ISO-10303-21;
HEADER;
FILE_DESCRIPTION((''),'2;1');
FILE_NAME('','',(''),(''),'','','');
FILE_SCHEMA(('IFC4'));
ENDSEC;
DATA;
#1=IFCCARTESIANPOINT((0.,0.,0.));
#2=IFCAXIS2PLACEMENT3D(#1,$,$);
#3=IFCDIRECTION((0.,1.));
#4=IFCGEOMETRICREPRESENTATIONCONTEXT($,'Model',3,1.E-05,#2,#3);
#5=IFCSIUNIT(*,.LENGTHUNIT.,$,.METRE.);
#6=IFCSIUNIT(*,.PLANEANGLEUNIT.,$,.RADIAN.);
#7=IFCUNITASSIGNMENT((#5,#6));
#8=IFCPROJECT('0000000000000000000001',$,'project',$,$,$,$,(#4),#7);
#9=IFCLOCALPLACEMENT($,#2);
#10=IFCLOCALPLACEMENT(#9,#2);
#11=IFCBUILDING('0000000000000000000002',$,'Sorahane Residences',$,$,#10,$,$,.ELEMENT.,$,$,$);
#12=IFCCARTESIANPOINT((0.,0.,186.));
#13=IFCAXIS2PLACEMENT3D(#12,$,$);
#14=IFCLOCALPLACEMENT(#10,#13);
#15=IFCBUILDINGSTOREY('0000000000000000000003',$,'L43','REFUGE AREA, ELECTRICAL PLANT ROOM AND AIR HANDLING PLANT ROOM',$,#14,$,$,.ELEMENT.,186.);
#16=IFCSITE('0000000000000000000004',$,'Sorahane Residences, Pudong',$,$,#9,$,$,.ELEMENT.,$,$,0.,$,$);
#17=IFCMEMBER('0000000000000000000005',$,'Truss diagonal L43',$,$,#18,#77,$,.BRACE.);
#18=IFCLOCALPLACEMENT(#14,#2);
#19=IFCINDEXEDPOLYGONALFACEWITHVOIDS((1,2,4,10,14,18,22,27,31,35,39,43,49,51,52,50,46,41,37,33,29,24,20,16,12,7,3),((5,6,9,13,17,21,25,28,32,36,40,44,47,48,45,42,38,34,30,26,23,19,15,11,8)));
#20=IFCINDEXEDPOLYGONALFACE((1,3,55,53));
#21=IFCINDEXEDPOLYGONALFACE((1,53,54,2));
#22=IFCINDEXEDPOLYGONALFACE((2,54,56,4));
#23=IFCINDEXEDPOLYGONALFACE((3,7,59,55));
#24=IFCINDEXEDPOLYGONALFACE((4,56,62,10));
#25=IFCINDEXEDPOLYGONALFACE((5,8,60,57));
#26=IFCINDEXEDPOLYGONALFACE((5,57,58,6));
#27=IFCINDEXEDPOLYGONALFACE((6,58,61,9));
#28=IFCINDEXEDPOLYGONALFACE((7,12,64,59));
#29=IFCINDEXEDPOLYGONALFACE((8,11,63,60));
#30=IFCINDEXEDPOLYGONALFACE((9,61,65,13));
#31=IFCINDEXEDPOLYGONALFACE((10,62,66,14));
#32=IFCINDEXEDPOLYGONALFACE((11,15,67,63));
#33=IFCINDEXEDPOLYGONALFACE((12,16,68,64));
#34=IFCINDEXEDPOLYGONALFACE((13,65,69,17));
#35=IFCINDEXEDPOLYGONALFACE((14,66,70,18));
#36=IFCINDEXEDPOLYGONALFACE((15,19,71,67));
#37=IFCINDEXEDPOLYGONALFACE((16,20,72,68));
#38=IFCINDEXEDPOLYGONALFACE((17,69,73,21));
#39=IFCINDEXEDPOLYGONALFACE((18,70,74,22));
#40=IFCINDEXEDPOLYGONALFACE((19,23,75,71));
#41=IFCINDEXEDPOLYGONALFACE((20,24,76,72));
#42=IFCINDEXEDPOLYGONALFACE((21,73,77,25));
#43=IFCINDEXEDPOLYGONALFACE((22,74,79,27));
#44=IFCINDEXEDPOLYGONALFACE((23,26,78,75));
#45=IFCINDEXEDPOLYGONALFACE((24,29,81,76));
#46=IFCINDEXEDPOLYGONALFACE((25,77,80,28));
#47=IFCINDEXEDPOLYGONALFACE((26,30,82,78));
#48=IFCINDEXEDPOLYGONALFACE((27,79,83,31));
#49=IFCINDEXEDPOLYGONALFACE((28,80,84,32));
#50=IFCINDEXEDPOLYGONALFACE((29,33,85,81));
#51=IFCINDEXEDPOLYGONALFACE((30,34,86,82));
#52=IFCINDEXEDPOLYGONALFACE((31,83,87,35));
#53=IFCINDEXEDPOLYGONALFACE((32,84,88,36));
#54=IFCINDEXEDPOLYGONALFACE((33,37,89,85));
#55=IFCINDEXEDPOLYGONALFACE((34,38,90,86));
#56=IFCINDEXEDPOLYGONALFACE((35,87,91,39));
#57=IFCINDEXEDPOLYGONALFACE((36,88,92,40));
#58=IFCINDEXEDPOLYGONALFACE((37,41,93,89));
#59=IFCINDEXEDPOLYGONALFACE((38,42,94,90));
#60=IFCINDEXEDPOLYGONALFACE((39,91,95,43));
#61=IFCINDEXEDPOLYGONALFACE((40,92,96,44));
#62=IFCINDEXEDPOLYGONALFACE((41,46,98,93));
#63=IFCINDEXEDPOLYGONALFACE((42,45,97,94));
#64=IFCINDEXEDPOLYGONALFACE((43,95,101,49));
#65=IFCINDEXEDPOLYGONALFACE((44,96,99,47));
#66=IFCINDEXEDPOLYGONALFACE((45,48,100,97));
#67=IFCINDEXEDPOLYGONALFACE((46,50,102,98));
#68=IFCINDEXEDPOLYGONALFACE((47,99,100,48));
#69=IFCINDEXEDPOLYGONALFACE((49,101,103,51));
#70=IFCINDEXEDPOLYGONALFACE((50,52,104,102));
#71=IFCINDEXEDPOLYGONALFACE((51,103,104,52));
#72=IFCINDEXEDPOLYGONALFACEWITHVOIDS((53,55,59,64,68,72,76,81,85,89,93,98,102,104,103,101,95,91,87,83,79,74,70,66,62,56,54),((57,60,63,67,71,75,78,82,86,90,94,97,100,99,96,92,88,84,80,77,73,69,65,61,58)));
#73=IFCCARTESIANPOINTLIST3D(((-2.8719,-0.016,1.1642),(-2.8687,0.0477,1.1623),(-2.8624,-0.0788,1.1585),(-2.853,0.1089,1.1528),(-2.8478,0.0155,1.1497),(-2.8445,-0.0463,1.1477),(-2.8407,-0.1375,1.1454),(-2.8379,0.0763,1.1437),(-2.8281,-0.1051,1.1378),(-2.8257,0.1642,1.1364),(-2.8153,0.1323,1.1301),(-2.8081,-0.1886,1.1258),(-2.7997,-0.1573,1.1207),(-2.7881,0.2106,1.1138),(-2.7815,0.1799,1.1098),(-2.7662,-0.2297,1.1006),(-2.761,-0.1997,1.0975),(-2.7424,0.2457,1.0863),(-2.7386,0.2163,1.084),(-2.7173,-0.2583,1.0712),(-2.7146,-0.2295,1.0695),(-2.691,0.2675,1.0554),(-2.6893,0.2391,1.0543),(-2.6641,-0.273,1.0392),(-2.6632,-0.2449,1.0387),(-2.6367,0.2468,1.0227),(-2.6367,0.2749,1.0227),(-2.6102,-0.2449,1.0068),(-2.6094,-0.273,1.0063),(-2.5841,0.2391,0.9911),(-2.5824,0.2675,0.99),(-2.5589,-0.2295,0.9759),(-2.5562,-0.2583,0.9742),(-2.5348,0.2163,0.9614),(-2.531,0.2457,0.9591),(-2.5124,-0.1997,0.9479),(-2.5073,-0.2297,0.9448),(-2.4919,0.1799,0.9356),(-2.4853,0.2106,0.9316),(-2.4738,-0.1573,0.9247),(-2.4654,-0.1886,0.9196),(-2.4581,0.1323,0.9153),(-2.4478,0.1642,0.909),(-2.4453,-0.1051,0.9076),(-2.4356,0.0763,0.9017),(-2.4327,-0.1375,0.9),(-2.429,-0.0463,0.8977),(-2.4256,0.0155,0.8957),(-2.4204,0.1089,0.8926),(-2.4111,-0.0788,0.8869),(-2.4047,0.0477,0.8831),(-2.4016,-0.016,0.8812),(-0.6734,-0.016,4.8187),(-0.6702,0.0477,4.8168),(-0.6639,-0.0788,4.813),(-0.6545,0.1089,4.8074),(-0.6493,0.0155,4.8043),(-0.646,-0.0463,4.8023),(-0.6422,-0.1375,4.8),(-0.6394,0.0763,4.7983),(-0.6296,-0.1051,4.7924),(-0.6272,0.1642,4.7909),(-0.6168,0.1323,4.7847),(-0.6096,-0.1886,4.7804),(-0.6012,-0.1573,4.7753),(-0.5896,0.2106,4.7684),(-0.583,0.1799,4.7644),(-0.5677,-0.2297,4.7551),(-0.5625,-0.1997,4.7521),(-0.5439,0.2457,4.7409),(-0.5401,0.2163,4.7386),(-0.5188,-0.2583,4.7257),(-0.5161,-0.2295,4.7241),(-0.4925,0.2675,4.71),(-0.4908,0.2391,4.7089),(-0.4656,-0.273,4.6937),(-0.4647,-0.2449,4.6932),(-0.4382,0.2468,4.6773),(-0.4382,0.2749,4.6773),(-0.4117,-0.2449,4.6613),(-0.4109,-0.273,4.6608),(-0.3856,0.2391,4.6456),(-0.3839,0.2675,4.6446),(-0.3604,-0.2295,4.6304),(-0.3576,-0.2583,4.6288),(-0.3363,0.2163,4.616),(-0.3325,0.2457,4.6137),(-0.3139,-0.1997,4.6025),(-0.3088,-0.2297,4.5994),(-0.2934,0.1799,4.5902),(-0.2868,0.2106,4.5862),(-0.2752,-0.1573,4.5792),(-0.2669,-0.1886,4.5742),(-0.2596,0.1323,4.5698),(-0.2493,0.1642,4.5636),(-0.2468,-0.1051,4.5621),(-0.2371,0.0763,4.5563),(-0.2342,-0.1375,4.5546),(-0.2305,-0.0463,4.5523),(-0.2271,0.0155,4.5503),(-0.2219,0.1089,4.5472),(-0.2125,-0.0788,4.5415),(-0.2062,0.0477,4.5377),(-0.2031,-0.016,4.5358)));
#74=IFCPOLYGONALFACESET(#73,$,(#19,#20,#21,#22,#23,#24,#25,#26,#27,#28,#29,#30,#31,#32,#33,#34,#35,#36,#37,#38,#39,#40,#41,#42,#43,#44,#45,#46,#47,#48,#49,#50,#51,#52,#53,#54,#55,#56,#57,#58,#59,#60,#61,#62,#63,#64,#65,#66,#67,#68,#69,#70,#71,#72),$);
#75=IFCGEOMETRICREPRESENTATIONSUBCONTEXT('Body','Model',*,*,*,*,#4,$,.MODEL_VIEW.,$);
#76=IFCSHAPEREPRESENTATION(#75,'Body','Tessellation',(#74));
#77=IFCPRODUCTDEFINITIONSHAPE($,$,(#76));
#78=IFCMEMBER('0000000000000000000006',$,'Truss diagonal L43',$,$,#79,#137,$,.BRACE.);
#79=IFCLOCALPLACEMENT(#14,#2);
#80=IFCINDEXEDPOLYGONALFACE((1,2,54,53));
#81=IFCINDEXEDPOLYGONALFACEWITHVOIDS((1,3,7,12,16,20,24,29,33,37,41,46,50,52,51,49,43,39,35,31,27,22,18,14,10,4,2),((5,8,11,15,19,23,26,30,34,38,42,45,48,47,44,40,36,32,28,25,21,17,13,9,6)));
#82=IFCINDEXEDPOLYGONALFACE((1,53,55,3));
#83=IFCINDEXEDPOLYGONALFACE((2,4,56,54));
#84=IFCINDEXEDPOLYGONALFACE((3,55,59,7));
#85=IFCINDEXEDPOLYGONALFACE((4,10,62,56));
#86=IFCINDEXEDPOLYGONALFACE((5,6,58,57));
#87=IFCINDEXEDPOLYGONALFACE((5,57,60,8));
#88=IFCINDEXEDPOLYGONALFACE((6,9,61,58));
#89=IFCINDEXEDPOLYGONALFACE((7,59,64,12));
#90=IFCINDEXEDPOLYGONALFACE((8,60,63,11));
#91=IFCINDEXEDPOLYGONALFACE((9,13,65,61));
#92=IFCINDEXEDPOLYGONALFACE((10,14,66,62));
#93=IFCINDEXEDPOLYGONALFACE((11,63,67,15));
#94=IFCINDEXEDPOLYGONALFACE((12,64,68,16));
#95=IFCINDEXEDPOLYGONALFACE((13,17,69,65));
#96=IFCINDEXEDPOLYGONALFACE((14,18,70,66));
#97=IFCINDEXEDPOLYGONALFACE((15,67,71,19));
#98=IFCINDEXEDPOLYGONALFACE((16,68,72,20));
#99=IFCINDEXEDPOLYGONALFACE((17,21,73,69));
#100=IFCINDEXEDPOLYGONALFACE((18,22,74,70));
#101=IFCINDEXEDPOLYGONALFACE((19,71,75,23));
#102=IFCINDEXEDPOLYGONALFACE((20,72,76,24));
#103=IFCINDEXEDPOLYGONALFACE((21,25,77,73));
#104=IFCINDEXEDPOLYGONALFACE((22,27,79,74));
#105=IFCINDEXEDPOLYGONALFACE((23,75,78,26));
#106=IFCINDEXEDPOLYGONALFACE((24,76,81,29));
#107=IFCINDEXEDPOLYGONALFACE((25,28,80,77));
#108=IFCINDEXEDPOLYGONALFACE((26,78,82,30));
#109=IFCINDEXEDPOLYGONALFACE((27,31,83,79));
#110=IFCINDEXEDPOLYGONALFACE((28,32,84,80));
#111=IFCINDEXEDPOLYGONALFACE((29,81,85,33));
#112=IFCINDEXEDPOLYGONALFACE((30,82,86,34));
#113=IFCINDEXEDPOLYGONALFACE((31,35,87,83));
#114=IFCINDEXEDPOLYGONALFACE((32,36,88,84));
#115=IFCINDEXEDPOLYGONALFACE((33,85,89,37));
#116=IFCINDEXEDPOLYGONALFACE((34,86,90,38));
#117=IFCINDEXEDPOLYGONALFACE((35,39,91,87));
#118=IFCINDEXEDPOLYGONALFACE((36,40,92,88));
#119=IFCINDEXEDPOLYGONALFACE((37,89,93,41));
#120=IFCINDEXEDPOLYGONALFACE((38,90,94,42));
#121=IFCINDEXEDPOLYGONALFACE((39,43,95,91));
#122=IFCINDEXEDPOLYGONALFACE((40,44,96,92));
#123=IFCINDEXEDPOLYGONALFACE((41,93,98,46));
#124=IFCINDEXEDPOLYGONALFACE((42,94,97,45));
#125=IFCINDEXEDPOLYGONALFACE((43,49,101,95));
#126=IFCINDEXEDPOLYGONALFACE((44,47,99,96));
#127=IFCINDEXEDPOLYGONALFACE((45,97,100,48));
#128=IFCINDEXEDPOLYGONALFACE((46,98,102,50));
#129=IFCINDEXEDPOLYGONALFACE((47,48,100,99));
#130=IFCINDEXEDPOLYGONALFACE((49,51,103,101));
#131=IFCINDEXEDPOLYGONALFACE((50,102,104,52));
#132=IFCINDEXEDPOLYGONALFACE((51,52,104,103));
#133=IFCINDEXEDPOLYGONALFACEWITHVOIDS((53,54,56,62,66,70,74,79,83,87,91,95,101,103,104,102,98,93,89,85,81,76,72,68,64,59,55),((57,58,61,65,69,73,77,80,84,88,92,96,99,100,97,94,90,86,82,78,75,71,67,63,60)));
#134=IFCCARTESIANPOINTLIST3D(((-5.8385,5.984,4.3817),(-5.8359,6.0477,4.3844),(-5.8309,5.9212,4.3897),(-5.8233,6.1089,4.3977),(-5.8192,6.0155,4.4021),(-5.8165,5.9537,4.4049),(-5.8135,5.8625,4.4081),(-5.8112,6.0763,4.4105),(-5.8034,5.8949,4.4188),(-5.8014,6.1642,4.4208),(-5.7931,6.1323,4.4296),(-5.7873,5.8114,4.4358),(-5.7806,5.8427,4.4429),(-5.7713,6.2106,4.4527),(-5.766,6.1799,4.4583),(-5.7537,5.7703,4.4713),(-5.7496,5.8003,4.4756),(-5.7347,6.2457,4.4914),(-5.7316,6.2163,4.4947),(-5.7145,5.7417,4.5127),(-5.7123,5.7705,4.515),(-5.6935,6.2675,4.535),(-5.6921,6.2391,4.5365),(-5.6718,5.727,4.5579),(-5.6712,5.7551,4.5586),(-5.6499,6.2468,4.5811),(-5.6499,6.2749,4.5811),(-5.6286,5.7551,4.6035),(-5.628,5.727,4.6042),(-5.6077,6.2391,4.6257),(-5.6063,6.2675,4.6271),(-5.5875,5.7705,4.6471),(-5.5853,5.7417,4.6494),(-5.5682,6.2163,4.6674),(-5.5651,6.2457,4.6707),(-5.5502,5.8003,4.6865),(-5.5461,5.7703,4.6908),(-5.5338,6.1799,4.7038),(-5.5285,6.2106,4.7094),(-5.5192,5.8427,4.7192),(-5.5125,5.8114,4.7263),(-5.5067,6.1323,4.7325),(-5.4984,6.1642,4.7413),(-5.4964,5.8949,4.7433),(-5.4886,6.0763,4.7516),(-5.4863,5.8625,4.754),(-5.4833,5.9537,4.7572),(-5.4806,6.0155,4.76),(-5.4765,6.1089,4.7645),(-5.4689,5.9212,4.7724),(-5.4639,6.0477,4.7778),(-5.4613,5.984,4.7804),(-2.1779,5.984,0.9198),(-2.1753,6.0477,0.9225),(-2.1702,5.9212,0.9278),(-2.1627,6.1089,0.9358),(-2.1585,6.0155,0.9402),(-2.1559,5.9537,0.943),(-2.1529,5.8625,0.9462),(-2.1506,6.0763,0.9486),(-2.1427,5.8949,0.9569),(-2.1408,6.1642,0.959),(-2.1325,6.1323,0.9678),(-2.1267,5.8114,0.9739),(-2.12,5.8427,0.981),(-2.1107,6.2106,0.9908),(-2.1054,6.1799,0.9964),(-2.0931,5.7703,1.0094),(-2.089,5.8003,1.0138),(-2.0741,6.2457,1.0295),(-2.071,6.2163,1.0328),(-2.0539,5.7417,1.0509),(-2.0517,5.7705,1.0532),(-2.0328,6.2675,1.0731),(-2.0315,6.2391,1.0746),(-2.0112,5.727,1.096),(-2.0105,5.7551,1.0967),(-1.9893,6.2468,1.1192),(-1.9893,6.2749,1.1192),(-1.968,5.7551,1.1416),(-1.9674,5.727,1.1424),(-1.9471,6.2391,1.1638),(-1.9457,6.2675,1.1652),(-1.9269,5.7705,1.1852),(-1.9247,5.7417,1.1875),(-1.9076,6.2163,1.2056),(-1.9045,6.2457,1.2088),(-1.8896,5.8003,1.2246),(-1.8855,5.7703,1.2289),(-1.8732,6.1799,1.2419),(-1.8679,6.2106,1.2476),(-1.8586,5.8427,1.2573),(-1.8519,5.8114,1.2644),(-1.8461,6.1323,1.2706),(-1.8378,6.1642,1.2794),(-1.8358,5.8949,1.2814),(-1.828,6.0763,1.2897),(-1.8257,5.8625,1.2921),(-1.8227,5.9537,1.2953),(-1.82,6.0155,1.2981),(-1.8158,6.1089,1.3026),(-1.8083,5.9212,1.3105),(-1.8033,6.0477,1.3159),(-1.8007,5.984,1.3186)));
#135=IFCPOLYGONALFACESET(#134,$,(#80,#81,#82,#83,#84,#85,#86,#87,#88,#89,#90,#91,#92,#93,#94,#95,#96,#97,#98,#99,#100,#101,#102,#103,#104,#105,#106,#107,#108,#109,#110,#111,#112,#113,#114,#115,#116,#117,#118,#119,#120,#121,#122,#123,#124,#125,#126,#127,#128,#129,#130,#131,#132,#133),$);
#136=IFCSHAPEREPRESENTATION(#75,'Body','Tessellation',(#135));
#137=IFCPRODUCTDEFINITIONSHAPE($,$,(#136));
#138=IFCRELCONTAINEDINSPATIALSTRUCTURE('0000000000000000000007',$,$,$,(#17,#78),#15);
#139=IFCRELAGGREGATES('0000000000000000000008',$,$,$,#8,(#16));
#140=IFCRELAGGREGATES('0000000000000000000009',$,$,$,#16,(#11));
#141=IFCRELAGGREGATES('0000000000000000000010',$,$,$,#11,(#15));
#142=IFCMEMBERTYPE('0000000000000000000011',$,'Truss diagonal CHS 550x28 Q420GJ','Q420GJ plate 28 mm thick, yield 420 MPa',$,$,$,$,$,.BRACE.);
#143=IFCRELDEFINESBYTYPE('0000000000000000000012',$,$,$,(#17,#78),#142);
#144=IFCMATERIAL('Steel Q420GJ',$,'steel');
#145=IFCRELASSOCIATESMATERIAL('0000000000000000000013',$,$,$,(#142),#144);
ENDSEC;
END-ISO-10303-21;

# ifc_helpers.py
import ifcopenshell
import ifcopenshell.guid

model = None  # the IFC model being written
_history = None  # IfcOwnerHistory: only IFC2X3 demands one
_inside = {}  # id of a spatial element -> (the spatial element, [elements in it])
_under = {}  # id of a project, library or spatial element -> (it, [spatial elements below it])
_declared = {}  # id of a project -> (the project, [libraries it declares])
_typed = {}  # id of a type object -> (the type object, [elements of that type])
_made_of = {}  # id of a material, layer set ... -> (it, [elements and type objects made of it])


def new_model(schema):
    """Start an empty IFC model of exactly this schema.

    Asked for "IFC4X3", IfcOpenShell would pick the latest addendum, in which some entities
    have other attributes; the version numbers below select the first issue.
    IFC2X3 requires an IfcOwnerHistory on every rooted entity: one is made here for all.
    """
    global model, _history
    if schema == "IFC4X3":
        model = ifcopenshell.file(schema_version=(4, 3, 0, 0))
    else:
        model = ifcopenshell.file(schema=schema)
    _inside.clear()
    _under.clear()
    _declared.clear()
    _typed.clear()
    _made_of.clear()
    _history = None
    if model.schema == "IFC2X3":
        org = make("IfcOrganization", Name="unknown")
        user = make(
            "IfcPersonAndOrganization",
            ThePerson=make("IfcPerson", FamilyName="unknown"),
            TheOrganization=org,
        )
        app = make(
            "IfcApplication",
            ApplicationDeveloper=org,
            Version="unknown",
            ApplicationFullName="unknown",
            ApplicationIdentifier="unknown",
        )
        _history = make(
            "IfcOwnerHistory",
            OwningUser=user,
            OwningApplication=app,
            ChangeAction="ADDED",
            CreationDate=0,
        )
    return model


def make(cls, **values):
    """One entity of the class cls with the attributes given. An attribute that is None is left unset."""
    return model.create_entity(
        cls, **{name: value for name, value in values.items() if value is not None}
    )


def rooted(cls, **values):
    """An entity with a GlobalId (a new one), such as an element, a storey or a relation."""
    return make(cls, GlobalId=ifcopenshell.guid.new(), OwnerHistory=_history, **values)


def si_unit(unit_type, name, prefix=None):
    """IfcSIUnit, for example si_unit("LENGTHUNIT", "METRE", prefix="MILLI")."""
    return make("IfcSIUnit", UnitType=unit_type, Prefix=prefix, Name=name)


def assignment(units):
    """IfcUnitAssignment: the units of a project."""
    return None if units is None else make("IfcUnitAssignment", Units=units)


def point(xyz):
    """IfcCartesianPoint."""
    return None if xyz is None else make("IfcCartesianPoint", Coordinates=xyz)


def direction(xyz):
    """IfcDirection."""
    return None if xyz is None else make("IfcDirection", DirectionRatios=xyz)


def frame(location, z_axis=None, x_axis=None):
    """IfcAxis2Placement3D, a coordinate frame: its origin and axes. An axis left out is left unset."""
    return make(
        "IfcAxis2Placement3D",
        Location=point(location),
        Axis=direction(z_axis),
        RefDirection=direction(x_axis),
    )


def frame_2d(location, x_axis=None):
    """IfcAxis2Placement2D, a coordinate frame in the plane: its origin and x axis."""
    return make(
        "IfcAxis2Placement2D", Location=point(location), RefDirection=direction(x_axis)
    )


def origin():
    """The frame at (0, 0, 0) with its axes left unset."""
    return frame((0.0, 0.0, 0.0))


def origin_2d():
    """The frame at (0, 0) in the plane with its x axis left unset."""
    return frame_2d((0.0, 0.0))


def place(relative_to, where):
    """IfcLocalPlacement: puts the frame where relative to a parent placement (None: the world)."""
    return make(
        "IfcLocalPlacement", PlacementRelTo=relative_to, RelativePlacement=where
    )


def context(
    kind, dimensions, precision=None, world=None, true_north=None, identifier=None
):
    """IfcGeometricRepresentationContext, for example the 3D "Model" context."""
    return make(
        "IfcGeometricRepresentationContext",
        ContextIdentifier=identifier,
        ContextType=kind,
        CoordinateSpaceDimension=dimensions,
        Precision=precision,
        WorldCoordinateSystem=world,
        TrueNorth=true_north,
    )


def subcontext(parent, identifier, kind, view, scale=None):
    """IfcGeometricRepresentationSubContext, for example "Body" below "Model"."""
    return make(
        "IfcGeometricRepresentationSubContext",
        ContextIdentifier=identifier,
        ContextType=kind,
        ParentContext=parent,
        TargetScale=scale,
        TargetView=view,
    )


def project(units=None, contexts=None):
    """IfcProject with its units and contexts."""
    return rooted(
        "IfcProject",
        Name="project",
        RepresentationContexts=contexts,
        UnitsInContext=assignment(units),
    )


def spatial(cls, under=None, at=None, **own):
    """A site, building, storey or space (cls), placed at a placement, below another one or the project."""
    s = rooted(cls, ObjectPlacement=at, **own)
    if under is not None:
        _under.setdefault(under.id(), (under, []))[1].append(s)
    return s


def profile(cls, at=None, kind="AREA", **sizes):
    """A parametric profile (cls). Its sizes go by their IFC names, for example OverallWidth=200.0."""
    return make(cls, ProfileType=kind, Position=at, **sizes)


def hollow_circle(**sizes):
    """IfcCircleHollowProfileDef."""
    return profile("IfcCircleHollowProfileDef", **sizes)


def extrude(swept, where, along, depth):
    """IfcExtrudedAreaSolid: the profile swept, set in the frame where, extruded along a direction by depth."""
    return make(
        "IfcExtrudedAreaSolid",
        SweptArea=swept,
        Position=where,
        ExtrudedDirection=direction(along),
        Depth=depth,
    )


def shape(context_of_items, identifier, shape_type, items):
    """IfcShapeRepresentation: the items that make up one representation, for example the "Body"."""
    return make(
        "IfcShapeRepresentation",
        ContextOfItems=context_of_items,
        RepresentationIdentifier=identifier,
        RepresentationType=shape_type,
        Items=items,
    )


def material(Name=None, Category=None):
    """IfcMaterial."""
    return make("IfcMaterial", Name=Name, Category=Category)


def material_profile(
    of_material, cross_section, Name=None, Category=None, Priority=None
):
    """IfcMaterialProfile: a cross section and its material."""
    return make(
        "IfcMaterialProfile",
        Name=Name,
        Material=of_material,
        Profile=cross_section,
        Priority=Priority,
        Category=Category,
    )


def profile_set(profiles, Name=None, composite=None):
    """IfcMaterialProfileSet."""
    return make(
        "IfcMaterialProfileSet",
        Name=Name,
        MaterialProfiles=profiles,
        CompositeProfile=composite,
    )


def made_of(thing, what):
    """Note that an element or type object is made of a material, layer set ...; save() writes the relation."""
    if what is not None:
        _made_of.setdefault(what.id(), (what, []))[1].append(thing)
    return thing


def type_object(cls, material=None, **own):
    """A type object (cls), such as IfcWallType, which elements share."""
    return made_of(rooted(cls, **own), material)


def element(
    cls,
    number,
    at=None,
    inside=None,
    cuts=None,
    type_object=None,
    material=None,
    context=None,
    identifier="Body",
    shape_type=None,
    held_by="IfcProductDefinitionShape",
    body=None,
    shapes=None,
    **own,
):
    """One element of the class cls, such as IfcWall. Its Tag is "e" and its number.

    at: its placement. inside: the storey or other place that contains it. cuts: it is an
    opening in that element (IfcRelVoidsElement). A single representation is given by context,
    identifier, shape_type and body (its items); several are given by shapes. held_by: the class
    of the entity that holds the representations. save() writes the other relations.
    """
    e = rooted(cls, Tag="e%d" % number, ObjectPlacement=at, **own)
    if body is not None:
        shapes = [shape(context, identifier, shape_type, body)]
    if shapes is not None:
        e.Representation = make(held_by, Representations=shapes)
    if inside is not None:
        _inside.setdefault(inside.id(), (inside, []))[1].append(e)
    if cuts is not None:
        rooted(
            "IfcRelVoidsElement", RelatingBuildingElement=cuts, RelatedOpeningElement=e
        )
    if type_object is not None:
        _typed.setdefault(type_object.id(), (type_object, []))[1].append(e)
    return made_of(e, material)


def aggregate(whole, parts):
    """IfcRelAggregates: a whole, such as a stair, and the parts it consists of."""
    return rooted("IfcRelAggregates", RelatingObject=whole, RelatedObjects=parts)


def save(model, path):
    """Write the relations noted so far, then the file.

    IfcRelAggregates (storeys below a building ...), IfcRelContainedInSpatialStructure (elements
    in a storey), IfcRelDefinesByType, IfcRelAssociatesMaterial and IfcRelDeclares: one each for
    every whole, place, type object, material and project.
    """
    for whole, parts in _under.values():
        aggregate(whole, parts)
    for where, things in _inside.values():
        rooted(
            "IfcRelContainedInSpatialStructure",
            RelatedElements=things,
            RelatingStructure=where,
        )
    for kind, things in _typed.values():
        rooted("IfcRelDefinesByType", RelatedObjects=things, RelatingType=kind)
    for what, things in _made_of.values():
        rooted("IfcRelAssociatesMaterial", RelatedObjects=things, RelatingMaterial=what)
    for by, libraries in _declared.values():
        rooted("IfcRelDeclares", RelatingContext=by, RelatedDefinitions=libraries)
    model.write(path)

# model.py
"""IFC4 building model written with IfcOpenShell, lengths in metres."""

from ifc_helpers import new_model, si_unit, direction, frame, origin, origin_2d, place, context, subcontext, project, spatial, hollow_circle, extrude, material, material_profile, profile_set, type_object, element, save


model = new_model("IFC4")

# Units and contexts
model_context = context("Model", 3, precision=1e-05, world=origin(), true_north=direction((0.0, 1.0)))
body_context = subcontext(model_context, "Body", "Model", "MODEL_VIEW")
ifc_project = project(units=[si_unit("LENGTHUNIT", "METRE"), si_unit("PLANEANGLEUNIT", "RADIAN")], contexts=[model_context])

# Site, building, storey
site_placement = place(None, origin())
site = spatial("IfcSite", under=ifc_project, at=site_placement, Name="Sorahane Residences, Pudong", CompositionType="ELEMENT", RefElevation=0.0)
building_placement = place(site_placement, origin())
building = spatial("IfcBuilding", under=site, at=building_placement, Name="Sorahane Residences", CompositionType="ELEMENT")
storey_placement = place(building_placement, frame((0.0, 0.0, 186.0)))
storey = spatial("IfcBuildingStorey", under=building, at=storey_placement, Name="L43", Description="REFUGE AREA, ELECTRICAL PLANT ROOM AND AIR HANDLING PLANT ROOM", CompositionType="ELEMENT", Elevation=186.0)

# Members
ifc_material_1 = material(Name="Steel Q420GJ", Category="steel")
ifc_material_profile_1 = material_profile(ifc_material_1, hollow_circle(Radius=0.2749, WallThickness=0.0281, at=origin_2d()), Name="CHS 550x28")
ifc_profile_set_1 = profile_set([ifc_material_profile_1], Name="Steel Q420GJ")
member_type = type_object("IfcMemberType", Name="Truss diagonal CHS 550x28 Q420GJ", Description="Q420GJ plate 28 mm thick, yield 420 MPa", PredefinedType="BRACE", material=ifc_profile_set_1)
member_1_placement = place(storey_placement, frame((-2.6367, 0.0, 1.0227), z_axis=(0.515489, 0.0, 0.856896), x_axis=(0.0, 1.0, 0.0)))
element("IfcMember", 1, at=member_1_placement, inside=storey, type_object=member_type, Name="Truss diagonal L43", PredefinedType="BRACE", context=body_context, shape_type="SweptSolid", body=[
    extrude(hollow_circle(Radius=0.2749, WallThickness=0.0281, at=origin_2d()), origin(), (0.0, 0.0, 1.0), 4.2649),
])
member_2_placement = place(storey_placement, frame((-5.6499, 6.0, 4.5811), z_axis=(0.726553, 0.0, -0.68711), x_axis=(0.0, 1.0, 0.0)))
element("IfcMember", 2, at=member_2_placement, inside=storey, type_object=member_type, Name="Truss diagonal L43", PredefinedType="BRACE", context=body_context, shape_type="SweptSolid", body=[
    extrude(hollow_circle(Radius=0.2749, WallThickness=0.0281, at=origin_2d()), origin(), (0.0, 0.0, 1.0), 5.0383),
])

save(model, "model.ifc")
